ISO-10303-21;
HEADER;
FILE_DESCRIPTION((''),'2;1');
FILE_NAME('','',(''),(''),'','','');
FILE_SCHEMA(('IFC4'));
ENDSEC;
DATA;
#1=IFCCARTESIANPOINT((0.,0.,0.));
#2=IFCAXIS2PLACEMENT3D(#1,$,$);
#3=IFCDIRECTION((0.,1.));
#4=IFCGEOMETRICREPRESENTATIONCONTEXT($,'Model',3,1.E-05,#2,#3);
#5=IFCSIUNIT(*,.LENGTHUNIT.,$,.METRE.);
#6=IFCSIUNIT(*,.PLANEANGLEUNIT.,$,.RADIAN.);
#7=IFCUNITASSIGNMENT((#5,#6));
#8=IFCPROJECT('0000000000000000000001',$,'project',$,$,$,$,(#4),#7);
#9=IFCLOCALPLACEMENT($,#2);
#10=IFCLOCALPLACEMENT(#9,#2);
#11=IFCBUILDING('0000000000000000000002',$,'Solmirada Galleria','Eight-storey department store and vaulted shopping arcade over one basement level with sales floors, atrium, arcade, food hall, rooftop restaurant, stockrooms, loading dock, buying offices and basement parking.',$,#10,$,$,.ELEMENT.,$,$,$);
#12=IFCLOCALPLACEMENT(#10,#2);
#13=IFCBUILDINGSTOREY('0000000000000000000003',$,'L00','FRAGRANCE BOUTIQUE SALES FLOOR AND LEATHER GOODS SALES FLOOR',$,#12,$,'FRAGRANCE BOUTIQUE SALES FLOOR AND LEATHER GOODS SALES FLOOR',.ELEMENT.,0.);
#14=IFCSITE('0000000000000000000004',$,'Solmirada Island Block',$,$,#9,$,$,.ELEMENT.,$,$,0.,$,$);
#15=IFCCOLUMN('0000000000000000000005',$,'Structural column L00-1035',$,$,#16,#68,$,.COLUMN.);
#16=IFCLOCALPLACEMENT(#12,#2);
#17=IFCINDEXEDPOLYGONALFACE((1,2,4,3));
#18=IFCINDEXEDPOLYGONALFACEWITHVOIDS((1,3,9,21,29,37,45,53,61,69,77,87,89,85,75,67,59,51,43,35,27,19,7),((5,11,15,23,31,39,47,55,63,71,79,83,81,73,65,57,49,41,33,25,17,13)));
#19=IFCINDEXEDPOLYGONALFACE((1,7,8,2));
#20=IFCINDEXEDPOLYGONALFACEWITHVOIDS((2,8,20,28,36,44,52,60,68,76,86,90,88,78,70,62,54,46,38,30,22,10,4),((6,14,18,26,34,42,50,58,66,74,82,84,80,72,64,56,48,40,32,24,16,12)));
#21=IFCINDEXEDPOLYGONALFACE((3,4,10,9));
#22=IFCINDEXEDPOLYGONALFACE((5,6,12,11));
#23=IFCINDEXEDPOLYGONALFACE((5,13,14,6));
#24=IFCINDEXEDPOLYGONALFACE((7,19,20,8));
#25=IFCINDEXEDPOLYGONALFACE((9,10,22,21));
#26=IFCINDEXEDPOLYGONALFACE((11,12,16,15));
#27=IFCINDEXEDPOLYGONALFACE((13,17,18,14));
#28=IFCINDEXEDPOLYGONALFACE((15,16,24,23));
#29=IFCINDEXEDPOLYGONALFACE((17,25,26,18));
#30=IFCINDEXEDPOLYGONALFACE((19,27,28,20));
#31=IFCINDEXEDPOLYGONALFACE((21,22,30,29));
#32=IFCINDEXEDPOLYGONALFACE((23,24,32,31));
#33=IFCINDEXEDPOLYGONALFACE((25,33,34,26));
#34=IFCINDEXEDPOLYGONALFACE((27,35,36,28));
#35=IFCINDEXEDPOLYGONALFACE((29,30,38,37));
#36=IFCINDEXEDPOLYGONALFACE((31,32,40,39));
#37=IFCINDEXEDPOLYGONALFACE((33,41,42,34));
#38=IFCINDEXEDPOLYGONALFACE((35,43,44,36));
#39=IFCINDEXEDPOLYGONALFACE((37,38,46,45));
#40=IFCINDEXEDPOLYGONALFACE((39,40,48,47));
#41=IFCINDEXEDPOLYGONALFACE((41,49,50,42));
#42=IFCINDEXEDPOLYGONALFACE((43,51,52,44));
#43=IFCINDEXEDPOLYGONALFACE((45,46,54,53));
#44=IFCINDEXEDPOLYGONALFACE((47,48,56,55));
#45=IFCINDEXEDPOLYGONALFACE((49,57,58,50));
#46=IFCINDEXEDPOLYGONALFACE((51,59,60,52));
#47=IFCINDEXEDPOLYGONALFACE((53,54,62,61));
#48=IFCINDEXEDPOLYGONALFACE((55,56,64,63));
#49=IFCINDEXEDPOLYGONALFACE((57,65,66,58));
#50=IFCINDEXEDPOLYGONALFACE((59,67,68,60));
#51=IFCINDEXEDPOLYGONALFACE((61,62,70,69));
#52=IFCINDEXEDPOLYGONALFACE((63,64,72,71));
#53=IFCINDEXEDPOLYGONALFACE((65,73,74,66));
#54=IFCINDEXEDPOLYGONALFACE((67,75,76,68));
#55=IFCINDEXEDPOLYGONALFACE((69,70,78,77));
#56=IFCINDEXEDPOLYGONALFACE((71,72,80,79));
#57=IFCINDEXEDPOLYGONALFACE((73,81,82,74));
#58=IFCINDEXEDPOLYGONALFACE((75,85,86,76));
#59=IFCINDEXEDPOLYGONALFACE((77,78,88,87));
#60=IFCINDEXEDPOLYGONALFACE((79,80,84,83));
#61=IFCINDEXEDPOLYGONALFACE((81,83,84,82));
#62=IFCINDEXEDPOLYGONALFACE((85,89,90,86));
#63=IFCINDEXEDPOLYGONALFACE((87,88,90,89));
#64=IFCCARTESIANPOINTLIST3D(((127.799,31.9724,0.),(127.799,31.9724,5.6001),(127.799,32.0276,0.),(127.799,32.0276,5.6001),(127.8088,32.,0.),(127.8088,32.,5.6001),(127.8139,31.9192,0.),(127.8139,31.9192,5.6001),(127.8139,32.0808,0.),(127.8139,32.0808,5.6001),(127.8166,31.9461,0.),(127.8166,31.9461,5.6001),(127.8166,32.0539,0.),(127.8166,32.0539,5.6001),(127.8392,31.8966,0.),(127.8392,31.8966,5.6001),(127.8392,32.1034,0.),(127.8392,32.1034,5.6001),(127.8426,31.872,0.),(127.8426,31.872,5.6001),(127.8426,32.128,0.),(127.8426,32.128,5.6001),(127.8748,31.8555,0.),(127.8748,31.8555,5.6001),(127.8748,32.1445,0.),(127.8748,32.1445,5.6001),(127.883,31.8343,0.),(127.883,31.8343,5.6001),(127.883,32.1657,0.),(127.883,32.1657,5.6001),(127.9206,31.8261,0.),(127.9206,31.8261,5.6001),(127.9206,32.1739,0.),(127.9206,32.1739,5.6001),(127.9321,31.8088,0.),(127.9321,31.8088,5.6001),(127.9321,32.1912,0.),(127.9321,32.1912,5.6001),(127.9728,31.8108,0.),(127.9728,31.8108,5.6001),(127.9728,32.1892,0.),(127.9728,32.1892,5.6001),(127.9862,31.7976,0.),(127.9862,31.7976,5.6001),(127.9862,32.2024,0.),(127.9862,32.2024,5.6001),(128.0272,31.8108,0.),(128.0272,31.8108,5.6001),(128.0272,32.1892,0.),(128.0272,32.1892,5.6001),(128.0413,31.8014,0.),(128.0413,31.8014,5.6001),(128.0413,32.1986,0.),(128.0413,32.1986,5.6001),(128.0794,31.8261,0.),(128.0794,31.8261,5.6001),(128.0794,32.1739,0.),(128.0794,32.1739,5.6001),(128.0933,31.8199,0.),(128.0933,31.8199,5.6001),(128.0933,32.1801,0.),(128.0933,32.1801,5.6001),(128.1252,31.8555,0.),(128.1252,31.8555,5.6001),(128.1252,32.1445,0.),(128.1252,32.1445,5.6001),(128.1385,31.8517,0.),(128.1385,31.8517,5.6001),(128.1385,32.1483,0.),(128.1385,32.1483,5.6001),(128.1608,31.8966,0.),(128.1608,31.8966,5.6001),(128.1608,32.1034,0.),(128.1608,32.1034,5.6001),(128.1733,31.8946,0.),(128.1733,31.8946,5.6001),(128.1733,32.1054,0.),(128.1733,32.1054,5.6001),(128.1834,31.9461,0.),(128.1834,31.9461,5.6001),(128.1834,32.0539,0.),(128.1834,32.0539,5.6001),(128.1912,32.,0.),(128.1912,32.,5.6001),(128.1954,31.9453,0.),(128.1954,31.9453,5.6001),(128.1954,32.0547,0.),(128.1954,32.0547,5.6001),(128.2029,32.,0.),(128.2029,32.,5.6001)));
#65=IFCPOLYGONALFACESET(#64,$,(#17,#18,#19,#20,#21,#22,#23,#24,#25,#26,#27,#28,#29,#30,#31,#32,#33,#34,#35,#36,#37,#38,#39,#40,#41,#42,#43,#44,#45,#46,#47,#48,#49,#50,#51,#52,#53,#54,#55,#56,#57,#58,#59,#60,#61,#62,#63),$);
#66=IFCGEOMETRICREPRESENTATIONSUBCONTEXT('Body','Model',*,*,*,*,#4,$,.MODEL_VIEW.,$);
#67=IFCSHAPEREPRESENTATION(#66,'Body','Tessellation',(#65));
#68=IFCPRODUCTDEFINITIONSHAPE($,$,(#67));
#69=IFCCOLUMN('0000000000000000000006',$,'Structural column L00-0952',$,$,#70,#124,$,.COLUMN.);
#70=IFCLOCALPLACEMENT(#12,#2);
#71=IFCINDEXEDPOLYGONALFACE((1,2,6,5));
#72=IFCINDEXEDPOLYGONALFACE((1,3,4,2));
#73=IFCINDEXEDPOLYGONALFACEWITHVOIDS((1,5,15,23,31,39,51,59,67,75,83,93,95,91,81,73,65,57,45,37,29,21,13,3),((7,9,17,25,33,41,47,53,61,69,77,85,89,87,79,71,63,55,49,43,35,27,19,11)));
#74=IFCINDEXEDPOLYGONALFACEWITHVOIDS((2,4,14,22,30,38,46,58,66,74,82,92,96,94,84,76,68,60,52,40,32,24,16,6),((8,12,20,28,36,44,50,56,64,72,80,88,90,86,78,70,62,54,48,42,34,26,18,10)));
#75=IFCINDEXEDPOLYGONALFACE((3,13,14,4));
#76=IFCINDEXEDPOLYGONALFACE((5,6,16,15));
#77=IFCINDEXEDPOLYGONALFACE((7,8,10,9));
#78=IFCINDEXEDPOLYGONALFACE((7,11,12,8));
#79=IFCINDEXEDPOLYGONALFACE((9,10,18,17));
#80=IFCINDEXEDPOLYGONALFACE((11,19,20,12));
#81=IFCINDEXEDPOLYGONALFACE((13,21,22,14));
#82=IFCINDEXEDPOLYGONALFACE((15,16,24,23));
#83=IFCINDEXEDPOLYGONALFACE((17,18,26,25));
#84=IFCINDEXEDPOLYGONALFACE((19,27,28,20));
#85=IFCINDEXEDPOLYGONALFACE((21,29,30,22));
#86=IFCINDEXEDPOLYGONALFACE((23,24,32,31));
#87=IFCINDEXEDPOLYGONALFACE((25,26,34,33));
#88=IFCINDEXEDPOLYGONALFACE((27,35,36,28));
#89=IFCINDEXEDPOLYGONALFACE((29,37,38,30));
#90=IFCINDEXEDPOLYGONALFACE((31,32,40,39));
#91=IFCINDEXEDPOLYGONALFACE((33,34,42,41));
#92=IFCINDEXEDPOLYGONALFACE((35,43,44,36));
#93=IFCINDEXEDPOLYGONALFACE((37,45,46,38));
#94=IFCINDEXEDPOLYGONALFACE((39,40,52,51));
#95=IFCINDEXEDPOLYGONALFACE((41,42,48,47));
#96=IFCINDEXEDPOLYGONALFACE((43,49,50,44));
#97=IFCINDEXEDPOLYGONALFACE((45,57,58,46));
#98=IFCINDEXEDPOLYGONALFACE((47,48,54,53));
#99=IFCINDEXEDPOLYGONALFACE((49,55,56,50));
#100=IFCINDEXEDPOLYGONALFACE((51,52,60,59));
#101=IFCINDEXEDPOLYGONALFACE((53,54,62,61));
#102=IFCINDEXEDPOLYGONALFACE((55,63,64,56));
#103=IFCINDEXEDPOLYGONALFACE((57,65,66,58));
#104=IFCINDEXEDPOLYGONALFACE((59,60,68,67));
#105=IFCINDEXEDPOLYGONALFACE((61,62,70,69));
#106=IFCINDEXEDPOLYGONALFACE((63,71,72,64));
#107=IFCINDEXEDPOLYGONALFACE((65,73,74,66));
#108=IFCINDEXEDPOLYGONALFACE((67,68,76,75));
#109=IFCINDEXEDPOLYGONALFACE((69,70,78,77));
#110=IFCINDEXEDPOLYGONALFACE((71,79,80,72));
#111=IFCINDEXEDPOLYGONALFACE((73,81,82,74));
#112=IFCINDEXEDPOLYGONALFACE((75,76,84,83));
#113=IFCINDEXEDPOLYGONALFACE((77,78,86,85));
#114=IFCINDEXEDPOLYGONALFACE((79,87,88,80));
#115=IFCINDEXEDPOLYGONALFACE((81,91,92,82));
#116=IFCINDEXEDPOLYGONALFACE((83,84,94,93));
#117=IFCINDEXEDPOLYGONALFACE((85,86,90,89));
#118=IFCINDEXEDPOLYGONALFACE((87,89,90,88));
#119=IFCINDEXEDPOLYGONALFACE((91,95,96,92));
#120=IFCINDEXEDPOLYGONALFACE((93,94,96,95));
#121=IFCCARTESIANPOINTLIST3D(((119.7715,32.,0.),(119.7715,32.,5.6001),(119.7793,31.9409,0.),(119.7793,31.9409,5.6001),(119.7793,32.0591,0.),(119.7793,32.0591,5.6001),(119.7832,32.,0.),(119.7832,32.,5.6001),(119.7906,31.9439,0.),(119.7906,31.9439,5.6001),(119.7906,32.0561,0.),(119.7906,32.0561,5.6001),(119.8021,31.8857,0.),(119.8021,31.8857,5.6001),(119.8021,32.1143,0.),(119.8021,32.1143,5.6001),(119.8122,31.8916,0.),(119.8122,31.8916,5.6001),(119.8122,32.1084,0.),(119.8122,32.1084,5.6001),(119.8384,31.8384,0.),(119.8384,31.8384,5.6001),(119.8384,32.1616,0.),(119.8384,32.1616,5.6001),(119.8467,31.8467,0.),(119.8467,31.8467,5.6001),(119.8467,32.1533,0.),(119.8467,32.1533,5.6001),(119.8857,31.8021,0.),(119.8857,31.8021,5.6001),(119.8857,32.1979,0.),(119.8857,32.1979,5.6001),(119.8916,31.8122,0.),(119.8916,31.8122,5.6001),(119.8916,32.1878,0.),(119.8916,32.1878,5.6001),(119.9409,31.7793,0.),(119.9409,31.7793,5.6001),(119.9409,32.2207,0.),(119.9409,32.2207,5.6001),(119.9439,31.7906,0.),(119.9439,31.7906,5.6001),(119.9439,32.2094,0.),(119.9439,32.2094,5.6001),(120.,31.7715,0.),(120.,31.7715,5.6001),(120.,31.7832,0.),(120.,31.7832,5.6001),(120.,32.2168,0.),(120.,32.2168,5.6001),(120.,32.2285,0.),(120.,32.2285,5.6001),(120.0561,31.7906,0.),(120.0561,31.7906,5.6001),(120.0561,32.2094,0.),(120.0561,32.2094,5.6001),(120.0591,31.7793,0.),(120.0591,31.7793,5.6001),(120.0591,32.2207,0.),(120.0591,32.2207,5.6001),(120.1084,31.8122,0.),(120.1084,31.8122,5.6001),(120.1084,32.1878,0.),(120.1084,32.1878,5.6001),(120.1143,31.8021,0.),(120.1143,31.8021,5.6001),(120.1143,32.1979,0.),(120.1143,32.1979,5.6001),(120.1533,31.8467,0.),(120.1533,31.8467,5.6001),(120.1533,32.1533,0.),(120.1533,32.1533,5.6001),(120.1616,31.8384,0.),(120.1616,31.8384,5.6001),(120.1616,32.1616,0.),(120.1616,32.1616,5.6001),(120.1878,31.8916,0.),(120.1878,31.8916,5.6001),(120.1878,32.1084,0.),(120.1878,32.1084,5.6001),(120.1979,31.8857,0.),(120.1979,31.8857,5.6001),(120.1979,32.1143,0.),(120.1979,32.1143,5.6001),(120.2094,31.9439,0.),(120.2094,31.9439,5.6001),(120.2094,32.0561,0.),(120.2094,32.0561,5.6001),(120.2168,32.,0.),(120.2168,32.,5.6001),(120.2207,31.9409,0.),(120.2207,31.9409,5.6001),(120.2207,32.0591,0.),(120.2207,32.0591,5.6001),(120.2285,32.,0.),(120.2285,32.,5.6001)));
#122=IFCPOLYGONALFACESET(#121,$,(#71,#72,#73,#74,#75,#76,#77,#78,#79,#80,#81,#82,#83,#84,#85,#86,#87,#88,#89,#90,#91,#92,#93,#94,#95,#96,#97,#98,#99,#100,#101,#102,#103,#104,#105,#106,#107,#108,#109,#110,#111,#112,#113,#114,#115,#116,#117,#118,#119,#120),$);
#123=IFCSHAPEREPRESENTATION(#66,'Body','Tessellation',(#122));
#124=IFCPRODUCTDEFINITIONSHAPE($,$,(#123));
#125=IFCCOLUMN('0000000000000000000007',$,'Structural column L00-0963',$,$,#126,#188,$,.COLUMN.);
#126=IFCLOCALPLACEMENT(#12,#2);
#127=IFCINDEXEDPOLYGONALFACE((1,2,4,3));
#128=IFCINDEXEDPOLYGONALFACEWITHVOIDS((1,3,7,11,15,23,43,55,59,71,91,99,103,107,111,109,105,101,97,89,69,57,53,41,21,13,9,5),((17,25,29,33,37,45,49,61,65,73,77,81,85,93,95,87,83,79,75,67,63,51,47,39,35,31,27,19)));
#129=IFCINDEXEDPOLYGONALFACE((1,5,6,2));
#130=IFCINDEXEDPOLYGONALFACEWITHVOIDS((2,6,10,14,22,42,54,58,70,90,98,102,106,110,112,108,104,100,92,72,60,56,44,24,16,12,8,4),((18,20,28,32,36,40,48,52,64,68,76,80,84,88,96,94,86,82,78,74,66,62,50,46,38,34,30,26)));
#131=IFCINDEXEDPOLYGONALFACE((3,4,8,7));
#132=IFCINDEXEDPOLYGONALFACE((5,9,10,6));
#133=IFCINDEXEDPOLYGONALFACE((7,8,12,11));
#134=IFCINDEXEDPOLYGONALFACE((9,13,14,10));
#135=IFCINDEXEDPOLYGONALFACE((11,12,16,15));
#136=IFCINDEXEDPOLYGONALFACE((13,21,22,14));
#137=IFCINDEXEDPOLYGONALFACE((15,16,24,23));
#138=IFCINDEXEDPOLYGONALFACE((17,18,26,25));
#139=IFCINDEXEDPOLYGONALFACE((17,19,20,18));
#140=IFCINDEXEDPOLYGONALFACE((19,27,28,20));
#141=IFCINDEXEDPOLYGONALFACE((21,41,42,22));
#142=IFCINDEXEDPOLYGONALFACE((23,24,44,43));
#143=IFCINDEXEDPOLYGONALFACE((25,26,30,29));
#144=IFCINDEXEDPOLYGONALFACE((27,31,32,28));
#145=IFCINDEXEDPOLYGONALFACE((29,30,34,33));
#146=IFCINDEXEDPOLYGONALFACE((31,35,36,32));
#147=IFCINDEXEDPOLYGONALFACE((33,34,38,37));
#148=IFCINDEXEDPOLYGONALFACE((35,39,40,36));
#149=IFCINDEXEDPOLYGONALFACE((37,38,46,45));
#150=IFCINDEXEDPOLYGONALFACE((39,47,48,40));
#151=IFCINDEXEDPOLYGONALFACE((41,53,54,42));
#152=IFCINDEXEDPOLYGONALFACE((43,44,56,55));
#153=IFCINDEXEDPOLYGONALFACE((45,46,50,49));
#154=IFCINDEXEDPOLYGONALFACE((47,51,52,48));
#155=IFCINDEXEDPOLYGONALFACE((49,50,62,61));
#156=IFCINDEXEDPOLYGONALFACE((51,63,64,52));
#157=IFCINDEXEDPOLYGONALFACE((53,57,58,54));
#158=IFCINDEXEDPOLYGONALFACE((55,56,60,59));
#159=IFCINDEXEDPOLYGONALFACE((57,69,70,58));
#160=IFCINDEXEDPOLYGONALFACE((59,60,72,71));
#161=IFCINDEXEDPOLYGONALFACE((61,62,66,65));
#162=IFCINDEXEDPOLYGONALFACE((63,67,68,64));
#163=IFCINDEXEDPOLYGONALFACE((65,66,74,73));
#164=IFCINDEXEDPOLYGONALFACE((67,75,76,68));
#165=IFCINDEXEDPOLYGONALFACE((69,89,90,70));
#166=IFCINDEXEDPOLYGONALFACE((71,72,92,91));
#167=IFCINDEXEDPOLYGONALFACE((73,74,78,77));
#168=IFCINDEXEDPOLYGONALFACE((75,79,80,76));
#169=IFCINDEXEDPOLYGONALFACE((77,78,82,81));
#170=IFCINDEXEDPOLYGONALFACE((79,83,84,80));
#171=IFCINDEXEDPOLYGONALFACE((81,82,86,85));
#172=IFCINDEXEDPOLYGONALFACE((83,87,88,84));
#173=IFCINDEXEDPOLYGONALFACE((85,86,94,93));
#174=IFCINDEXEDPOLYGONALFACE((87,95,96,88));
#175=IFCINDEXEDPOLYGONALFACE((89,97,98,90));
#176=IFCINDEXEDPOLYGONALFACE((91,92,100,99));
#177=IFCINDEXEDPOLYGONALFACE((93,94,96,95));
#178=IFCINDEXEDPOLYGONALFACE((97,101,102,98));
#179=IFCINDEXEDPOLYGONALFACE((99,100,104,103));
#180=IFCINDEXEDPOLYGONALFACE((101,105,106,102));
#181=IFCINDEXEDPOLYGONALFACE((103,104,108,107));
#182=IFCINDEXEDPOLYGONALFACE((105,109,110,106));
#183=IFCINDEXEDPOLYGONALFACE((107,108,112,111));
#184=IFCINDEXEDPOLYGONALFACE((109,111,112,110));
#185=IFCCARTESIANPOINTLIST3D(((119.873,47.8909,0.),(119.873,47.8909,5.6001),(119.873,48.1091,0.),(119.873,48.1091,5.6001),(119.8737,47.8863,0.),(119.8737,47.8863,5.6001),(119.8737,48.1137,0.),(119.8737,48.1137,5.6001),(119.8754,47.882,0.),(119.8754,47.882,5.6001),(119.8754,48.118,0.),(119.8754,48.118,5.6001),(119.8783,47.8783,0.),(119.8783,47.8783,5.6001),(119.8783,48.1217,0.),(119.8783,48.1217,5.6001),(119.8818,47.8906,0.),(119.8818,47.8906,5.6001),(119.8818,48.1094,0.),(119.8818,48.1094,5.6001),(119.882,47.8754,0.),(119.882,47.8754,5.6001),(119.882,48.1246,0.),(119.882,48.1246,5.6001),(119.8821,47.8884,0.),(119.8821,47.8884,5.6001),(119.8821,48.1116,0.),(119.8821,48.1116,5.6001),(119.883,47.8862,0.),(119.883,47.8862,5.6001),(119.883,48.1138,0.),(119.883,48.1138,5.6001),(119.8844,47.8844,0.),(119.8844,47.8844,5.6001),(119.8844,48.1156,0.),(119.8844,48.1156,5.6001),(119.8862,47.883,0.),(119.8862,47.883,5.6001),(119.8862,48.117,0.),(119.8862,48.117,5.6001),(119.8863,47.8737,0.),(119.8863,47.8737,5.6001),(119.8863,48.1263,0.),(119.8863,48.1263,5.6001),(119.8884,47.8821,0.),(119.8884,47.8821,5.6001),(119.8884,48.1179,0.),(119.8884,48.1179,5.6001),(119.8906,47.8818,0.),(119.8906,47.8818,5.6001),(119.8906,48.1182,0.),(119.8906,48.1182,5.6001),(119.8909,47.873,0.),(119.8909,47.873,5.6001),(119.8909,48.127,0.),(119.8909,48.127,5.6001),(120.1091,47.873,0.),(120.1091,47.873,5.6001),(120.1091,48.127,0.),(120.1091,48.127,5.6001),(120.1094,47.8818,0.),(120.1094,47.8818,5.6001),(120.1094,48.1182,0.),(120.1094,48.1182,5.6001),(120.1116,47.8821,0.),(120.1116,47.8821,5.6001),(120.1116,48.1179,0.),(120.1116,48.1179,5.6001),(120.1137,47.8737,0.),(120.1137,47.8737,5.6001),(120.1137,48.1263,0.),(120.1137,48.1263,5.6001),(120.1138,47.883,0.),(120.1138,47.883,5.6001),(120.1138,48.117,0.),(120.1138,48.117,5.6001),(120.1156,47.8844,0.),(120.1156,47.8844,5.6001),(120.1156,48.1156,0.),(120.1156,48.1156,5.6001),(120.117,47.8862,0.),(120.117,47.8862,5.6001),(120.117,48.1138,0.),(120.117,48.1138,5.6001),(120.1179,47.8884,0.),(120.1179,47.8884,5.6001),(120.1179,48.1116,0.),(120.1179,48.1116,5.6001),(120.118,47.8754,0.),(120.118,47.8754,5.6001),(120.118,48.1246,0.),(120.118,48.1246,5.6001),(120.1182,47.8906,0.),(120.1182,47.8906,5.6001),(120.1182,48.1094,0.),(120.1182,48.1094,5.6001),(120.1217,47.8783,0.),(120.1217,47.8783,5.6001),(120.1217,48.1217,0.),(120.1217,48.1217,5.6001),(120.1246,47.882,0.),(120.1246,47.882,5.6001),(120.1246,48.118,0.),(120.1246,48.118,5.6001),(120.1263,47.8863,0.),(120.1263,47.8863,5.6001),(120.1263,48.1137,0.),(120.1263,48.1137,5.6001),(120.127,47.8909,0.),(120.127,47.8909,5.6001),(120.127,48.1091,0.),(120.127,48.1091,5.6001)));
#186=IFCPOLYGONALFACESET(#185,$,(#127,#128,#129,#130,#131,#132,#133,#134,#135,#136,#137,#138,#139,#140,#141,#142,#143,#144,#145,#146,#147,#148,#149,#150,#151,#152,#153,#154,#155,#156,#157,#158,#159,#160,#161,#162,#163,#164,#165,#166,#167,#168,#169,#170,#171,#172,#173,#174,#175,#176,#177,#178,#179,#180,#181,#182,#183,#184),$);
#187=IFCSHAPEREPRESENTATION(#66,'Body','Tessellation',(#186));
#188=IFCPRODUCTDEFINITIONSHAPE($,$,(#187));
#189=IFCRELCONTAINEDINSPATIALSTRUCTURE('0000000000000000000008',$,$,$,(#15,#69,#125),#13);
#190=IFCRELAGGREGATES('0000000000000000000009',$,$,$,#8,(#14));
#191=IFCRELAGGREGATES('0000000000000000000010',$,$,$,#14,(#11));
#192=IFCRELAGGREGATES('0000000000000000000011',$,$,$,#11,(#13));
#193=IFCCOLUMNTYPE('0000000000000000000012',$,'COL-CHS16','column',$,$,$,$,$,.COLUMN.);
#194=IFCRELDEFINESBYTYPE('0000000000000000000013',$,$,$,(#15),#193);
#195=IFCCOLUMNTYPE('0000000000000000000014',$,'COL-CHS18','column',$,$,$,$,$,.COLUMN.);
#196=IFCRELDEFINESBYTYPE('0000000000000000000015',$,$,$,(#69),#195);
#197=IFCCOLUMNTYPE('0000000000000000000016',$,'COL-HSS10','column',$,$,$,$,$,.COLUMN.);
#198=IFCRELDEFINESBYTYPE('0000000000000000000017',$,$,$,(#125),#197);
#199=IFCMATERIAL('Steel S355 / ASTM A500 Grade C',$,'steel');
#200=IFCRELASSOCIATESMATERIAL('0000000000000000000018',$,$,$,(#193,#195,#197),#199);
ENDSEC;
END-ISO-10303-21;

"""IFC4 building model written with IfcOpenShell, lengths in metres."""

from ifc_helpers import new_model, si_unit, direction, frame, origin, origin_2d, place, context, subcontext, project, spatial, hollow_rectangle, hollow_circle, extrude, material, material_profile, profile_set, type_object, element, save


model = new_model("IFC4")

# Units and contexts
model_context = context("Model", 3, precision=1e-05, world=origin(), true_north=direction((0.0, 1.0)))
body_context = subcontext(model_context, "Body", "Model", "MODEL_VIEW")
ifc_project = project(units=[si_unit("LENGTHUNIT", "METRE"), si_unit("PLANEANGLEUNIT", "RADIAN")], contexts=[model_context])

# Site, building, storey
site_placement = place(None, origin())
site = spatial("IfcSite", under=ifc_project, at=site_placement, Name="Solmirada Island Block", CompositionType="ELEMENT", RefElevation=0.0)
building_placement = place(site_placement, origin())
building = spatial("IfcBuilding", under=site, at=building_placement, Name="Solmirada Galleria", Description="Eight-storey department store and vaulted shopping arcade over one basement level with sales floors, atrium, arcade, food hall, rooftop restaurant, stockrooms, loading dock, buying offices and basement parking.", CompositionType="ELEMENT")
storey_placement = place(building_placement, origin())
storey = spatial("IfcBuildingStorey", under=building, at=storey_placement, Name="L00", Description="FRAGRANCE BOUTIQUE SALES FLOOR AND LEATHER GOODS SALES FLOOR", LongName="FRAGRANCE BOUTIQUE SALES FLOOR AND LEATHER GOODS SALES FLOOR", CompositionType="ELEMENT", Elevation=0.0)

# Columns
ifc_material_1 = material(Name="Steel S355 / ASTM A500 Grade C", Category="steel")
ifc_material_profile_1 = material_profile(ifc_material_1, hollow_circle(Radius=0.2029, WallThickness=0.0117, at=origin_2d()), Name="HSS16.000X0.500")
ifc_profile_set_1 = profile_set([ifc_material_profile_1], Name="Steel S355 / ASTM A500 Grade C")
column_type_1 = type_object("IfcColumnType", Name="COL-CHS16", Description="column", PredefinedType="COLUMN", material=ifc_profile_set_1)
column_1_placement = place(storey_placement, frame((128.0, 32.0, 0.0), z_axis=(0.0, 0.0, 1.0), x_axis=(1.0, 0.0, 0.0)))
element("IfcColumn", 1, at=column_1_placement, inside=storey, type_object=column_type_1, Name="Structural column L00-1035", PredefinedType="COLUMN", context=body_context, shape_type="SweptSolid", body=[
    extrude(hollow_circle(Radius=0.2029, WallThickness=0.0117, at=origin_2d()), origin(), (0.0, 0.0, 1.0), 5.6001),
])
ifc_material_profile_2 = material_profile(ifc_material_1, hollow_circle(Radius=0.2285, WallThickness=0.0117, at=origin_2d()), Name="HSS18.000X0.500")
ifc_profile_set_2 = profile_set([ifc_material_profile_2], Name="Steel S355 / ASTM A500 Grade C")
column_type_2 = type_object("IfcColumnType", Name="COL-CHS18", Description="column", PredefinedType="COLUMN", material=ifc_profile_set_2)
column_2_placement = place(storey_placement, frame((120.0, 32.0, 0.0), z_axis=(0.0, 0.0, 1.0), x_axis=(1.0, 0.0, 0.0)))
element("IfcColumn", 2, at=column_2_placement, inside=storey, type_object=column_type_2, Name="Structural column L00-0952", PredefinedType="COLUMN", context=body_context, shape_type="SweptSolid", body=[
    extrude(hollow_circle(Radius=0.2285, WallThickness=0.0117, at=origin_2d()), origin(), (0.0, 0.0, 1.0), 5.6001),
])
ifc_material_profile_3 = material_profile(ifc_material_1, hollow_rectangle(XDim=0.2539, YDim=0.2539, WallThickness=0.0088, InnerFilletRadius=0.0088, OuterFilletRadius=0.0178, at=origin_2d()), Name="HSS10X10X3/8")
ifc_profile_set_3 = profile_set([ifc_material_profile_3], Name="Steel S355 / ASTM A500 Grade C")
column_type_3 = type_object("IfcColumnType", Name="COL-HSS10", Description="column", PredefinedType="COLUMN", material=ifc_profile_set_3)
column_3_placement = place(storey_placement, frame((120.0, 48.0, 0.0), z_axis=(0.0, 0.0, 1.0), x_axis=(1.0, 0.0, 0.0)))
element("IfcColumn", 3, at=column_3_placement, inside=storey, type_object=column_type_3, Name="Structural column L00-0963", PredefinedType="COLUMN", context=body_context, shape_type="SweptSolid", body=[
    extrude(hollow_rectangle(XDim=0.2539, YDim=0.2539, WallThickness=0.0088, InnerFilletRadius=0.0088, OuterFilletRadius=0.0178, at=origin_2d()), origin(), (0.0, 0.0, 1.0), 5.6001),
])

save(model, "model.ifc")
